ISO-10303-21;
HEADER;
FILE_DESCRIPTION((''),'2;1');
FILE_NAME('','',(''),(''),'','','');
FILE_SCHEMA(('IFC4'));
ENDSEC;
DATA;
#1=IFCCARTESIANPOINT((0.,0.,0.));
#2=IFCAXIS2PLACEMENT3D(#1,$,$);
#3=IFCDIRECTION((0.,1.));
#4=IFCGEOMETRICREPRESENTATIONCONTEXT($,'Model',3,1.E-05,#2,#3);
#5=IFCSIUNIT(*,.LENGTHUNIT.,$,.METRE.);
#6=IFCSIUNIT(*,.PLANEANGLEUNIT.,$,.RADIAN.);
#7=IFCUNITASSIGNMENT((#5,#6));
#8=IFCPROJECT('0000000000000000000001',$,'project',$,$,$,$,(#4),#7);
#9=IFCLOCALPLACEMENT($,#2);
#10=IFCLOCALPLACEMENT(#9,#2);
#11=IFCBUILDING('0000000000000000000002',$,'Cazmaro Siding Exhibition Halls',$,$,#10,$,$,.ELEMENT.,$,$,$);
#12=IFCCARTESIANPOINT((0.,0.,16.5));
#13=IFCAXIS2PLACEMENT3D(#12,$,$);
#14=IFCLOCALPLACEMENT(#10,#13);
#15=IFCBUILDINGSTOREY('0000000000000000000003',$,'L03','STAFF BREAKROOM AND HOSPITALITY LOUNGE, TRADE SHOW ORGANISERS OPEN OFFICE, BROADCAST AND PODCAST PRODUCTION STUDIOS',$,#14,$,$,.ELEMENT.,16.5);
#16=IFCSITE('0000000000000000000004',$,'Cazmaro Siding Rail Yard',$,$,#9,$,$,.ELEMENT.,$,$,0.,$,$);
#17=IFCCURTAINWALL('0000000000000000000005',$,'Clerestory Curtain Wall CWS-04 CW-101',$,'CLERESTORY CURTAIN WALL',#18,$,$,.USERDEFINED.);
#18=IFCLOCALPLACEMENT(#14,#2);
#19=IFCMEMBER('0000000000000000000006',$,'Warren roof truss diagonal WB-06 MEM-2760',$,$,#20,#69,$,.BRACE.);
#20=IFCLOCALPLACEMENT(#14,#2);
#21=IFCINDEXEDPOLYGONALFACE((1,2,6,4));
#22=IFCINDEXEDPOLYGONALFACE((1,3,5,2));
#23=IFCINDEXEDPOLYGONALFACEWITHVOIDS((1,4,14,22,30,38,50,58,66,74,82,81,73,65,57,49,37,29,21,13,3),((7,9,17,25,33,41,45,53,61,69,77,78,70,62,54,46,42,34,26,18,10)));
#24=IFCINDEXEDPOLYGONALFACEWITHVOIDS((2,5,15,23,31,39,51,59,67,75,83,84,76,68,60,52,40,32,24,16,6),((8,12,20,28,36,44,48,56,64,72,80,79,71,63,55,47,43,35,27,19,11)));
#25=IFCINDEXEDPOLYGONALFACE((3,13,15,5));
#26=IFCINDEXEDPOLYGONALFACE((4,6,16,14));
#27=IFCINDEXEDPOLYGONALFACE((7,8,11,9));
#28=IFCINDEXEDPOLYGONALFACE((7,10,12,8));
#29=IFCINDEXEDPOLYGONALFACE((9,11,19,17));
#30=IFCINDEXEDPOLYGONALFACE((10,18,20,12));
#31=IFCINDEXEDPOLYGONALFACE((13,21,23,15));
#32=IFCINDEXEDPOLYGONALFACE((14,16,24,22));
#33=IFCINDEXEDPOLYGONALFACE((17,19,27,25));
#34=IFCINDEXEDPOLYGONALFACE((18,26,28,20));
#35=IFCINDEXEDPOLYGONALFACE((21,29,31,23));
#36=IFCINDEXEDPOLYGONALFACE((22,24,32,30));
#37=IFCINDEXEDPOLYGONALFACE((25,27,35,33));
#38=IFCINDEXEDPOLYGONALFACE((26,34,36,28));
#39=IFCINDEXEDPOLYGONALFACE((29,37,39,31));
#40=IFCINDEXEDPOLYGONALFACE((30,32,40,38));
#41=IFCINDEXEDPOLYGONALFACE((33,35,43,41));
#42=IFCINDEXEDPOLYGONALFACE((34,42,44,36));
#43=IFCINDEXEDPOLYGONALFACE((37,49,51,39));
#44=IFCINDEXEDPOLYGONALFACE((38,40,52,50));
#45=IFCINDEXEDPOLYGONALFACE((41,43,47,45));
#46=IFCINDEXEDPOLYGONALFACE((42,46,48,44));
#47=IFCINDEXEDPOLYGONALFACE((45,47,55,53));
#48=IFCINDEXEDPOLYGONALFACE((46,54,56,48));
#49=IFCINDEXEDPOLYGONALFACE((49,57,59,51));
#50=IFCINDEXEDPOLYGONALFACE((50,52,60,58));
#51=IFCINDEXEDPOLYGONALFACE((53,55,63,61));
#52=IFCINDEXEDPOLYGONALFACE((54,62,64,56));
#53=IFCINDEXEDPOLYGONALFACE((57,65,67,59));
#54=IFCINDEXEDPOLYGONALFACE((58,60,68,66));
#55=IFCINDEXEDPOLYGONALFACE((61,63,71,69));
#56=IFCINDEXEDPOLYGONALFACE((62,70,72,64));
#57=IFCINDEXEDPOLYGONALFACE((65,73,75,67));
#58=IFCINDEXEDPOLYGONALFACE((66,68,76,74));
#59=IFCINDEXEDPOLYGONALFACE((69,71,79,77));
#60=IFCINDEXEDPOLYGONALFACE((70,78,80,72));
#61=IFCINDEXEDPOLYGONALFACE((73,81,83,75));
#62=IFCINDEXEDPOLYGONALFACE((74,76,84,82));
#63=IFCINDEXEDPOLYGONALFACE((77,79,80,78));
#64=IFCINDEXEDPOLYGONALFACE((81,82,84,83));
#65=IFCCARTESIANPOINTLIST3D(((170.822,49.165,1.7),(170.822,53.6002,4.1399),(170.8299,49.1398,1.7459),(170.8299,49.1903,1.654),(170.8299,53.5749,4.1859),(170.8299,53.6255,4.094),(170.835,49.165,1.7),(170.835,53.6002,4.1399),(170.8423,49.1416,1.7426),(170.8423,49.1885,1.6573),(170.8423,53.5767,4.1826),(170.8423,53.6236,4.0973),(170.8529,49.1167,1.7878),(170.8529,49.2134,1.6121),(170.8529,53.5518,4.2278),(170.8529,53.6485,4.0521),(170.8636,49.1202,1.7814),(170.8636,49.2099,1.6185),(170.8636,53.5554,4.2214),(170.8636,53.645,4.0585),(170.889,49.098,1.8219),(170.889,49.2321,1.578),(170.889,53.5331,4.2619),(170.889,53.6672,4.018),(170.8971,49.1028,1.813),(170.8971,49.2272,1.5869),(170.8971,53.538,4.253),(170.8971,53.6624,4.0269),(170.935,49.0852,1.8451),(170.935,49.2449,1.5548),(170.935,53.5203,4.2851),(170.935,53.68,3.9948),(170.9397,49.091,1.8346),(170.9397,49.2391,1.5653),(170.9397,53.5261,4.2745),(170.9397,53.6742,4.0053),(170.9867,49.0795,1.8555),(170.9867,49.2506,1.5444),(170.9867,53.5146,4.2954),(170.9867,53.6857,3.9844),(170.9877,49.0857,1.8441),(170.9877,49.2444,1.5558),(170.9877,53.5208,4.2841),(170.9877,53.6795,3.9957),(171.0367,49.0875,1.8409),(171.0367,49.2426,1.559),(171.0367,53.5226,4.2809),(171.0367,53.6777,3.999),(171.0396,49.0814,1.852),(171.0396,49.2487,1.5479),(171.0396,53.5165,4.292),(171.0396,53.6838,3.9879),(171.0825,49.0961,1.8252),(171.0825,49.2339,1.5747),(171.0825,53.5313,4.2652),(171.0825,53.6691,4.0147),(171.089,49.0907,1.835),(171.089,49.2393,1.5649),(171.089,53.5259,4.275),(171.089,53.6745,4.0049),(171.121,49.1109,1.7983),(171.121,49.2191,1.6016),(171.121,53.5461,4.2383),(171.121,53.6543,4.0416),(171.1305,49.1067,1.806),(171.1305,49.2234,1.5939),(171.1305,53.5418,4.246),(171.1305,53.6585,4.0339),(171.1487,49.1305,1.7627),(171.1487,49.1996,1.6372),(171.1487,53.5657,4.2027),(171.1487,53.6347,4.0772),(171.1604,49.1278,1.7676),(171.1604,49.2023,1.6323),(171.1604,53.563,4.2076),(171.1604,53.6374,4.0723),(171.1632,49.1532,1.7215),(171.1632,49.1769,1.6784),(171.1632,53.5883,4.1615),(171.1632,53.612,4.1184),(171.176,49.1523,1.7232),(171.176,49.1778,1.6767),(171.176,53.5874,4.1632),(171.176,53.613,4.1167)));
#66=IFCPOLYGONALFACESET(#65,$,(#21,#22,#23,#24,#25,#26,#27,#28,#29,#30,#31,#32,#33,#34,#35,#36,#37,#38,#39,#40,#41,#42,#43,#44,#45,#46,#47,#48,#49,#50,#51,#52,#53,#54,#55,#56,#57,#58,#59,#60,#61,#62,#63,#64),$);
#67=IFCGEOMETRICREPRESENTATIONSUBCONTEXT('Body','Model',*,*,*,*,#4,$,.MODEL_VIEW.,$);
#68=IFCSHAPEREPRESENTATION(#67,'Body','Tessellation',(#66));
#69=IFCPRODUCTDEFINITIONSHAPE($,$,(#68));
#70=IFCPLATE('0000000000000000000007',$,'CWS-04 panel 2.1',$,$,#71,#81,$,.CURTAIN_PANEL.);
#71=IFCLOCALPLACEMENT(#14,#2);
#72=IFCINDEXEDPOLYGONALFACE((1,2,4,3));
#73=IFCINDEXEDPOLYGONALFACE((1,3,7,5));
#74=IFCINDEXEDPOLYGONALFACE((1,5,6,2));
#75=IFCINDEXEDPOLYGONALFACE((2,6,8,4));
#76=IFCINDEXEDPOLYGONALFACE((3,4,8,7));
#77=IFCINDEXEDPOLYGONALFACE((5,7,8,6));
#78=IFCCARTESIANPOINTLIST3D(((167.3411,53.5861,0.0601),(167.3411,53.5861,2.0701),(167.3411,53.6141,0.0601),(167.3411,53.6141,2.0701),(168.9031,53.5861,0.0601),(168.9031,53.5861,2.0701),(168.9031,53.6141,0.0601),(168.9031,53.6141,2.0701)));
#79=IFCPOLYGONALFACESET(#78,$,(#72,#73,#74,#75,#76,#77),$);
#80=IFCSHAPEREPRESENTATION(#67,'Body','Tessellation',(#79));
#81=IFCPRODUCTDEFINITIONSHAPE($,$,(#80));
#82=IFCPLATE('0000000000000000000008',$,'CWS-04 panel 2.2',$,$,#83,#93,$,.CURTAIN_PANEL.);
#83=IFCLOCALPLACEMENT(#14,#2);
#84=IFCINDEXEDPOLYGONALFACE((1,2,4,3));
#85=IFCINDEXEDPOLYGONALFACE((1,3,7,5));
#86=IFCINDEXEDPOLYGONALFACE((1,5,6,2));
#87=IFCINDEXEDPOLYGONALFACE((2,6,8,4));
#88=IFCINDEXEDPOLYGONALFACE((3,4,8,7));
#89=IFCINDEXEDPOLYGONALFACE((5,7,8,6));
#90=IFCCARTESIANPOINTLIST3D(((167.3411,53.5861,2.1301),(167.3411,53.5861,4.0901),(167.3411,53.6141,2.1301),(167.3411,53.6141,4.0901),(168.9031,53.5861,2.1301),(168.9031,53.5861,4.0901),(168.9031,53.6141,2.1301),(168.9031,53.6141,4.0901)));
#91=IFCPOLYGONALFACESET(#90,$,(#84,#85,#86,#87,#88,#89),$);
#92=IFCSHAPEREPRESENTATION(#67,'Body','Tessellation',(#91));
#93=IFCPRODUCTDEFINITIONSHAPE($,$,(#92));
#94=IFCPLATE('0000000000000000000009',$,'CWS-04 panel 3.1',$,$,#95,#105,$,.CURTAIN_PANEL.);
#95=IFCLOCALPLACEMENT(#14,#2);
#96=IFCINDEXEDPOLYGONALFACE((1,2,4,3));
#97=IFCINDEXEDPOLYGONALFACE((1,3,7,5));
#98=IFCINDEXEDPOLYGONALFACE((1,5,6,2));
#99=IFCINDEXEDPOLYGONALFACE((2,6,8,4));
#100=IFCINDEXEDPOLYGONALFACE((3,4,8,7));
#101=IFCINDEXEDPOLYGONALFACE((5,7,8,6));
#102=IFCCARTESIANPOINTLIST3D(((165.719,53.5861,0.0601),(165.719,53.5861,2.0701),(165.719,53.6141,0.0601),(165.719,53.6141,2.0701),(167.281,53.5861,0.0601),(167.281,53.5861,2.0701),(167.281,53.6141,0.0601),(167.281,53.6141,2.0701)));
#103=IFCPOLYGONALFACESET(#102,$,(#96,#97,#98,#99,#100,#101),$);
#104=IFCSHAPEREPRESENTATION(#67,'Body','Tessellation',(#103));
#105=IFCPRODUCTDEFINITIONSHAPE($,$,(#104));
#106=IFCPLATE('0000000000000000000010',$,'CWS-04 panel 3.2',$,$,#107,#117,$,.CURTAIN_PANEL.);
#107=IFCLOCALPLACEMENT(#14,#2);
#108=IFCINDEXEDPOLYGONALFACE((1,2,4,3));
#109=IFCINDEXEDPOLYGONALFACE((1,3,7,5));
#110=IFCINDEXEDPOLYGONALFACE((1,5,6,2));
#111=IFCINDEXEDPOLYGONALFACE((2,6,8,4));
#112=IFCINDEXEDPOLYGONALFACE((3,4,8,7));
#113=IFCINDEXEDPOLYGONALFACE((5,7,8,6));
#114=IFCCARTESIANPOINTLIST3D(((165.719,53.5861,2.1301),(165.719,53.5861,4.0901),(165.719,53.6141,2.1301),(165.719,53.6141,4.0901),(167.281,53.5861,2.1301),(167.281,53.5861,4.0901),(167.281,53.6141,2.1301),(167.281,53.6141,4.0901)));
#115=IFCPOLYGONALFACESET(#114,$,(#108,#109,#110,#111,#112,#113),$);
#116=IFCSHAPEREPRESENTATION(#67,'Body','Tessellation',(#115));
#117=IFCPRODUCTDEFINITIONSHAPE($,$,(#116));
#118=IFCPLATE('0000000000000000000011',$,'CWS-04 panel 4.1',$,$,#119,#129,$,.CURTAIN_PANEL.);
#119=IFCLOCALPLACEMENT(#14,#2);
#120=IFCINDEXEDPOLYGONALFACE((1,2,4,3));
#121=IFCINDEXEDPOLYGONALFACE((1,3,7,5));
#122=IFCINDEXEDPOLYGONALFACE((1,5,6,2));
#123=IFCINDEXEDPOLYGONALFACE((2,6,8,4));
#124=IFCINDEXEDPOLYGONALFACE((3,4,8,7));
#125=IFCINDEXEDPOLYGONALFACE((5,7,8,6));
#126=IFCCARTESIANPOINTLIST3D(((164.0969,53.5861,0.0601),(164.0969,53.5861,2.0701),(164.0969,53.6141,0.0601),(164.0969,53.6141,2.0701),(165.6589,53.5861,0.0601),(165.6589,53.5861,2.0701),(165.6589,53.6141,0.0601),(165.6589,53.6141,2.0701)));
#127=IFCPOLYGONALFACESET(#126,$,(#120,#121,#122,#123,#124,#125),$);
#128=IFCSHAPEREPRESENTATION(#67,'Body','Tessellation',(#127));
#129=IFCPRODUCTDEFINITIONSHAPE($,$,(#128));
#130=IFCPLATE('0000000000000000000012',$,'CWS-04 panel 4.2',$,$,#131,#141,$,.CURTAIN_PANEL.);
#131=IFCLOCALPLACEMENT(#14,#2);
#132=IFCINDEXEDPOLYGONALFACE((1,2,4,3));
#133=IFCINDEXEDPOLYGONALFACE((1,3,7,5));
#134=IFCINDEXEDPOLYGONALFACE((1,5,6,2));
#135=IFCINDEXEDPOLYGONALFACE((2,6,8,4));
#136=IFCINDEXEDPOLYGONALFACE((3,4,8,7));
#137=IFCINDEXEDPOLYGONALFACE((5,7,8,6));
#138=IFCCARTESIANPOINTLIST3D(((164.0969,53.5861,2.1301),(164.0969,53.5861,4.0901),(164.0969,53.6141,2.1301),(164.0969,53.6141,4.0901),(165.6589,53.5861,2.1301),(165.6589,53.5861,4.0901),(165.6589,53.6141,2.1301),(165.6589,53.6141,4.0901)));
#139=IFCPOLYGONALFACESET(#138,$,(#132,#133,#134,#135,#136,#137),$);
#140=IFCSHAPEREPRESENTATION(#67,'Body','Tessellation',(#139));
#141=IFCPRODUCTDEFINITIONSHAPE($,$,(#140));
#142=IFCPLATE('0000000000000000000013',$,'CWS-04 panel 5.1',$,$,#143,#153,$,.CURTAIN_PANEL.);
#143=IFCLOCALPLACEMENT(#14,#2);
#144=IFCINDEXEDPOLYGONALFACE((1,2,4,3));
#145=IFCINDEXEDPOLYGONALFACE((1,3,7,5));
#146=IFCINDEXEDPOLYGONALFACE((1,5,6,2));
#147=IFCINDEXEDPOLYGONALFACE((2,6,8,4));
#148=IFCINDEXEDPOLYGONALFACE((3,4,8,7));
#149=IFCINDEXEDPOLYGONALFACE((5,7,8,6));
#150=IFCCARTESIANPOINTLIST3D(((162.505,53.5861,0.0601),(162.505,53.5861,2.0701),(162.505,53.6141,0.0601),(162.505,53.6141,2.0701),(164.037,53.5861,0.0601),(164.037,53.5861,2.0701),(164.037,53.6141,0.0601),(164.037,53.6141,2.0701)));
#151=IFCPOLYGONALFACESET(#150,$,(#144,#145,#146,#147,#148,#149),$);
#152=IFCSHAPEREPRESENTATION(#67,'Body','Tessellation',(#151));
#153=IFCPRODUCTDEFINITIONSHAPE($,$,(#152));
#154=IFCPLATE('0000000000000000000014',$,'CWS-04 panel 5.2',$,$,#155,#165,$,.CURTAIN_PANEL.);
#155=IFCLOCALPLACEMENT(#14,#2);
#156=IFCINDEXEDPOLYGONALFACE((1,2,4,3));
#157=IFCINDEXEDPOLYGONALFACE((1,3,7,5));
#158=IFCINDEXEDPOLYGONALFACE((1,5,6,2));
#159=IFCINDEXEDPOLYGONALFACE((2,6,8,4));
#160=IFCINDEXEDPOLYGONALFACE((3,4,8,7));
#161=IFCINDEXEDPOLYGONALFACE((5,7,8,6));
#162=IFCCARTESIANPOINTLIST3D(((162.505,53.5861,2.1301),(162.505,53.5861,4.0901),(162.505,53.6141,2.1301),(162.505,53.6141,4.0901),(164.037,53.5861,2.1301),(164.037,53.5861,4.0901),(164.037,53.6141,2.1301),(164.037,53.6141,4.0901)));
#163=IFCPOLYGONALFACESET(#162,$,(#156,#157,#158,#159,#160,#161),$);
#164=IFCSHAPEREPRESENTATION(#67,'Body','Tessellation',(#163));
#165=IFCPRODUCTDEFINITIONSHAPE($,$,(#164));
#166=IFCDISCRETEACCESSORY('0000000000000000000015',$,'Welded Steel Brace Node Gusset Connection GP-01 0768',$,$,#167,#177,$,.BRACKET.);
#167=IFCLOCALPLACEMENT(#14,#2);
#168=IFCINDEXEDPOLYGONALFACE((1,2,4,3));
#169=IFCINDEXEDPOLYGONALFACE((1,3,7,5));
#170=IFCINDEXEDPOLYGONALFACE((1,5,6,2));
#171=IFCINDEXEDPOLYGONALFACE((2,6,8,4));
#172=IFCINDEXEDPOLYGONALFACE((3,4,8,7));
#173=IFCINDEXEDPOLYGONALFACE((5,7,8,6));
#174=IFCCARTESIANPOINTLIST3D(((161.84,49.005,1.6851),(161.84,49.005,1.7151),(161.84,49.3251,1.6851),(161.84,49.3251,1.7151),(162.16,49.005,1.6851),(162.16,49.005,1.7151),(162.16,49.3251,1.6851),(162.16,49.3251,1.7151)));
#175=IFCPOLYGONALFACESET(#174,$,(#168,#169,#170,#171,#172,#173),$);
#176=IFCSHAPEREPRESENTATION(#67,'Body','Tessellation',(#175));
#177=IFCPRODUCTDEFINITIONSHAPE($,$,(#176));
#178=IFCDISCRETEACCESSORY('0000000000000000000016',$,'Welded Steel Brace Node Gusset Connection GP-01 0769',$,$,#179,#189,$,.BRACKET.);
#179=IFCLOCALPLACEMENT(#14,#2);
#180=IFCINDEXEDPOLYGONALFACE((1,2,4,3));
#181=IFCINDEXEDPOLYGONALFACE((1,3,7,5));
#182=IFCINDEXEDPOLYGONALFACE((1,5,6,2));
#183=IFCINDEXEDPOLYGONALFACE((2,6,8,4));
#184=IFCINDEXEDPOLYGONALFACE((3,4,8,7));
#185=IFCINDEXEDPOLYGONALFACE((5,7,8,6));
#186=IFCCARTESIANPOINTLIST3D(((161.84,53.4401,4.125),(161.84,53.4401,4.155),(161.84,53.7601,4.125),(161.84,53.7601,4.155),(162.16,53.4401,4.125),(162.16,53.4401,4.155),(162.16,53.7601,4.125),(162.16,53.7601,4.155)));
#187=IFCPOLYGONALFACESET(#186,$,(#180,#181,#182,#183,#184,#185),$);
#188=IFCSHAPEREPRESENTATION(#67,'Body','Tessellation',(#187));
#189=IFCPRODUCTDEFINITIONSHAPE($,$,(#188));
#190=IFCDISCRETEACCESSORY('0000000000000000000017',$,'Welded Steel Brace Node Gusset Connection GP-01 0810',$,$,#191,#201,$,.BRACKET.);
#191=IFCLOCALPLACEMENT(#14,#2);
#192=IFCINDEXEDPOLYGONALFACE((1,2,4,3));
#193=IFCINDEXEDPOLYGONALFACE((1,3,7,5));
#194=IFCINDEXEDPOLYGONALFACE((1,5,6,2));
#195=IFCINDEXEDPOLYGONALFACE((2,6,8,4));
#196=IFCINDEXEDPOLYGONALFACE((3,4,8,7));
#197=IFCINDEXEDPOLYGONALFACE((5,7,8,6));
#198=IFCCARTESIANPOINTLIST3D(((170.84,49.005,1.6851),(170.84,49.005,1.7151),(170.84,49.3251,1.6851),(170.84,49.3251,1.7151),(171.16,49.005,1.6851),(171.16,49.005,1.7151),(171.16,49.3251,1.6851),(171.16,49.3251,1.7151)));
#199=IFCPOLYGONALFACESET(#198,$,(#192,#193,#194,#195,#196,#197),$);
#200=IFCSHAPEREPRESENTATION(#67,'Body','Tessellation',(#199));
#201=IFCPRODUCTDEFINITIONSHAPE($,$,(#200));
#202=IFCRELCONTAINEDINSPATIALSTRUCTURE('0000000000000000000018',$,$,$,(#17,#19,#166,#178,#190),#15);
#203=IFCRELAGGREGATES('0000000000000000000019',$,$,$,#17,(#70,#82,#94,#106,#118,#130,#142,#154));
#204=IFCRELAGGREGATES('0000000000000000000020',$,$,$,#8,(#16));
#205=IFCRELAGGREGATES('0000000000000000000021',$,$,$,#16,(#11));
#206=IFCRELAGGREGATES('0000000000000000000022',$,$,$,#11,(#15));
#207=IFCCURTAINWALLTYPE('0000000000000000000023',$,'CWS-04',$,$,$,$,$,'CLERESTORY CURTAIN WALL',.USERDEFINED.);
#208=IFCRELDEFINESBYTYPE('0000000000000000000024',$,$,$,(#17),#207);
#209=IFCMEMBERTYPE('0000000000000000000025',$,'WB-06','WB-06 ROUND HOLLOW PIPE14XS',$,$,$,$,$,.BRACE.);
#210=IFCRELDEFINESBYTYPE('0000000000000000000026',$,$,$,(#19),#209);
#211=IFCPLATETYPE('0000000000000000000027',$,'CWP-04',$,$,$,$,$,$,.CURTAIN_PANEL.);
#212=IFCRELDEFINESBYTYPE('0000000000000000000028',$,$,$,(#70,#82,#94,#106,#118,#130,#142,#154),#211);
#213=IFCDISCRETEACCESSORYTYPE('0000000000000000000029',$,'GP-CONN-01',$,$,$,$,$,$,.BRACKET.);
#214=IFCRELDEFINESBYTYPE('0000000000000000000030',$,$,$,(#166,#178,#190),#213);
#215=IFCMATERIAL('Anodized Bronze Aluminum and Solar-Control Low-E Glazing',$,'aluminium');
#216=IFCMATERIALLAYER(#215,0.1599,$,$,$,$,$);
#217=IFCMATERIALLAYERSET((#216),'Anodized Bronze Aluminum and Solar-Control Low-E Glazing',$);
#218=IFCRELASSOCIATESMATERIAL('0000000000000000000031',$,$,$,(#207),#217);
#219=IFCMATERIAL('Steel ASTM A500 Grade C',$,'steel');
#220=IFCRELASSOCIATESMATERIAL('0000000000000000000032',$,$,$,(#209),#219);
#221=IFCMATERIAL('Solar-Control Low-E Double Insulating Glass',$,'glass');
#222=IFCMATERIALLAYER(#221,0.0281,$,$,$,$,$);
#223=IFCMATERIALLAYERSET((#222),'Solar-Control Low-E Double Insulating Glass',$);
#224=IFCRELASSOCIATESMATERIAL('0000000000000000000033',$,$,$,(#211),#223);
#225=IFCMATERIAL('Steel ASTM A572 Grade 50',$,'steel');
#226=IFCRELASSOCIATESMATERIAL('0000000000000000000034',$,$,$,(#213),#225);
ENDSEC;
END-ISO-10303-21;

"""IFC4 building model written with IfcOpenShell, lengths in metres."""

from ifc_helpers import new_model, si_unit, direction, frame, origin, origin_2d, place, context, subcontext, project, spatial, rectangle, hollow_circle, extrude, material, layer, layer_set, material_profile, profile_set, type_object, element, aggregate, save


model = new_model("IFC4")

# Units and contexts
model_context = context("Model", 3, precision=1e-05, world=origin(), true_north=direction((0.0, 1.0)))
body_context = subcontext(model_context, "Body", "Model", "MODEL_VIEW")
ifc_project = project(units=[si_unit("LENGTHUNIT", "METRE"), si_unit("PLANEANGLEUNIT", "RADIAN")], contexts=[model_context])

# Site, building, storey
site_placement = place(None, origin())
site = spatial("IfcSite", under=ifc_project, at=site_placement, Name="Cazmaro Siding Rail Yard", CompositionType="ELEMENT", RefElevation=0.0)
building_placement = place(site_placement, origin())
building = spatial("IfcBuilding", under=site, at=building_placement, Name="Cazmaro Siding Exhibition Halls", CompositionType="ELEMENT")
storey_placement = place(building_placement, frame((0.0, 0.0, 16.5)))
storey = spatial("IfcBuildingStorey", under=building, at=storey_placement, Name="L03", Description="STAFF BREAKROOM AND HOSPITALITY LOUNGE, TRADE SHOW ORGANISERS OPEN OFFICE, BROADCAST AND PODCAST PRODUCTION STUDIOS", CompositionType="ELEMENT", Elevation=16.5)

# Shared definitions
ifc_material_1 = material(Name="Anodized Bronze Aluminum and Solar-Control Low-E Glazing", Category="aluminium")
ifc_layer_1 = layer(ifc_material_1, 0.1599)
ifc_layer_set_1 = layer_set([ifc_layer_1], Name="Anodized Bronze Aluminum and Solar-Control Low-E Glazing")
curtain_wall_type = type_object("IfcCurtainWallType", Name="CWS-04", ElementType="CLERESTORY CURTAIN WALL", PredefinedType="USERDEFINED", material=ifc_layer_set_1)

# Curtain wall
curtain_wall_1_placement = place(storey_placement, origin())
curtain_wall_1 = element("IfcCurtainWall", 1, at=curtain_wall_1_placement, inside=storey, type_object=curtain_wall_type, Name="Clerestory Curtain Wall CWS-04 CW-101", ObjectType="CLERESTORY CURTAIN WALL", PredefinedType="USERDEFINED")

# Member
ifc_material_2 = material(Name="Steel ASTM A500 Grade C", Category="steel")
ifc_material_profile_1 = material_profile(ifc_material_2, hollow_circle(Radius=0.178, WallThickness=0.0129, at=origin_2d()), Name="PIPE14XS")
ifc_profile_set_1 = profile_set([ifc_material_profile_1], Name="Steel ASTM A500 Grade C")
member_type_1 = type_object("IfcMemberType", Name="WB-06", Description="WB-06 ROUND HOLLOW PIPE14XS", PredefinedType="BRACE", material=ifc_profile_set_1)
member_1_placement = place(storey_placement, frame((171.0, 49.165, 1.7), z_axis=(0.0, 0.876161, 0.482019), x_axis=(-1.0, 0.0, 0.0)))
element("IfcMember", 2, at=member_1_placement, inside=storey, type_object=member_type_1, Name="Warren roof truss diagonal WB-06 MEM-2760", PredefinedType="BRACE", context=body_context, shape_type="SweptSolid", body=[
    extrude(hollow_circle(Radius=0.178, WallThickness=0.0129, at=origin_2d()), origin(), (0.0, 0.0, 1.0), 5.062),
])

# Plates
ifc_material_3 = material(Name="Solar-Control Low-E Double Insulating Glass", Category="glass")
ifc_layer_2 = layer(ifc_material_3, 0.0281)
ifc_layer_set_2 = layer_set([ifc_layer_2], Name="Solar-Control Low-E Double Insulating Glass")
plate_type = type_object("IfcPlateType", Name="CWP-04", PredefinedType="CURTAIN_PANEL", material=ifc_layer_set_2)
plate_1_placement = place(storey_placement, frame((168.1221, 53.6001, 0.0601), z_axis=(0.0, 0.0, 1.0), x_axis=(-1.0, 0.0, 0.0)))
plate_1 = element("IfcPlate", 3, at=plate_1_placement, type_object=plate_type, Name="CWS-04 panel 2.1", PredefinedType="CURTAIN_PANEL", context=body_context, shape_type="SweptSolid", body=[
    extrude(rectangle(XDim=1.562, YDim=0.0281, at=origin_2d()), origin(), (0.0, 0.0, 1.0), 2.01),
])
plate_2_placement = place(storey_placement, frame((168.1221, 53.6001, 2.1301), z_axis=(0.0, 0.0, 1.0), x_axis=(-1.0, 0.0, 0.0)))
plate_2 = element("IfcPlate", 4, at=plate_2_placement, type_object=plate_type, Name="CWS-04 panel 2.2", PredefinedType="CURTAIN_PANEL", context=body_context, shape_type="SweptSolid", body=[
    extrude(rectangle(XDim=1.562, YDim=0.0281, at=origin_2d()), origin(), (0.0, 0.0, 1.0), 1.96),
])
plate_3_placement = place(storey_placement, frame((166.5, 53.6001, 0.0601), z_axis=(0.0, 0.0, 1.0), x_axis=(-1.0, 0.0, 0.0)))
plate_3 = element("IfcPlate", 5, at=plate_3_placement, type_object=plate_type, Name="CWS-04 panel 3.1", PredefinedType="CURTAIN_PANEL", context=body_context, shape_type="SweptSolid", body=[
    extrude(rectangle(XDim=1.562, YDim=0.0281, at=origin_2d()), origin(), (0.0, 0.0, 1.0), 2.01),
])
plate_4_placement = place(storey_placement, frame((166.5, 53.6001, 2.1301), z_axis=(0.0, 0.0, 1.0), x_axis=(-1.0, 0.0, 0.0)))
plate_4 = element("IfcPlate", 6, at=plate_4_placement, type_object=plate_type, Name="CWS-04 panel 3.2", PredefinedType="CURTAIN_PANEL", context=body_context, shape_type="SweptSolid", body=[
    extrude(rectangle(XDim=1.562, YDim=0.0281, at=origin_2d()), origin(), (0.0, 0.0, 1.0), 1.96),
])
plate_5_placement = place(storey_placement, frame((164.8779, 53.6001, 0.0601), z_axis=(0.0, 0.0, 1.0), x_axis=(-1.0, 0.0, 0.0)))
plate_5 = element("IfcPlate", 7, at=plate_5_placement, type_object=plate_type, Name="CWS-04 panel 4.1", PredefinedType="CURTAIN_PANEL", context=body_context, shape_type="SweptSolid", body=[
    extrude(rectangle(XDim=1.562, YDim=0.0281, at=origin_2d()), origin(), (0.0, 0.0, 1.0), 2.01),
])
plate_6_placement = place(storey_placement, frame((164.8779, 53.6001, 2.1301), z_axis=(0.0, 0.0, 1.0), x_axis=(-1.0, 0.0, 0.0)))
plate_6 = element("IfcPlate", 8, at=plate_6_placement, type_object=plate_type, Name="CWS-04 panel 4.2", PredefinedType="CURTAIN_PANEL", context=body_context, shape_type="SweptSolid", body=[
    extrude(rectangle(XDim=1.562, YDim=0.0281, at=origin_2d()), origin(), (0.0, 0.0, 1.0), 1.96),
])
plate_7_placement = place(storey_placement, frame((163.271, 53.6001, 0.0601), z_axis=(0.0, 0.0, 1.0), x_axis=(-1.0, 0.0, 0.0)))
plate_7 = element("IfcPlate", 9, at=plate_7_placement, type_object=plate_type, Name="CWS-04 panel 5.1", PredefinedType="CURTAIN_PANEL", context=body_context, shape_type="SweptSolid", body=[
    extrude(rectangle(XDim=1.532, YDim=0.0281, at=origin_2d()), origin(), (0.0, 0.0, 1.0), 2.01),
])
plate_8_placement = place(storey_placement, frame((163.271, 53.6001, 2.1301), z_axis=(0.0, 0.0, 1.0), x_axis=(-1.0, 0.0, 0.0)))
plate_8 = element("IfcPlate", 10, at=plate_8_placement, type_object=plate_type, Name="CWS-04 panel 5.2", PredefinedType="CURTAIN_PANEL", context=body_context, shape_type="SweptSolid", body=[
    extrude(rectangle(XDim=1.532, YDim=0.0281, at=origin_2d()), origin(), (0.0, 0.0, 1.0), 1.96),
])
aggregate(curtain_wall_1, [plate_1, plate_2, plate_3, plate_4, plate_5, plate_6, plate_7, plate_8])

# Discrete accessories
ifc_material_4 = material(Name="Steel ASTM A572 Grade 50", Category="steel")
discrete_accessory_type = type_object("IfcDiscreteAccessoryType", Name="GP-CONN-01", PredefinedType="BRACKET", material=ifc_material_4)
for number, where, z_axis, x_axis, name in (
    (11, (162.0, 49.165, 1.6851), (0.0, 0.0, 1.0), (1.0, 0.0, 0.0), "Welded Steel Brace Node Gusset Connection GP-01 0768"),
    (12, (162.0, 53.6001, 4.125), (0.0, 0.0, 1.0), (1.0, 0.0, 0.0), "Welded Steel Brace Node Gusset Connection GP-01 0769"),
    (13, (171.0, 49.165, 1.6851), (0.0, 0.0, 1.0), (1.0, 0.0, 0.0), "Welded Steel Brace Node Gusset Connection GP-01 0810"),
):
    element("IfcDiscreteAccessory", number, at=place(storey_placement, frame(where, z_axis=z_axis, x_axis=x_axis)), inside=storey, type_object=discrete_accessory_type, Name=name, PredefinedType="BRACKET", context=body_context, shape_type="SweptSolid", body=[
        extrude(rectangle(XDim=0.3201, YDim=0.3201, at=origin_2d()), origin(), (0.0, 0.0, 1.0), 0.03),
    ])

save(model, "model.ifc")
